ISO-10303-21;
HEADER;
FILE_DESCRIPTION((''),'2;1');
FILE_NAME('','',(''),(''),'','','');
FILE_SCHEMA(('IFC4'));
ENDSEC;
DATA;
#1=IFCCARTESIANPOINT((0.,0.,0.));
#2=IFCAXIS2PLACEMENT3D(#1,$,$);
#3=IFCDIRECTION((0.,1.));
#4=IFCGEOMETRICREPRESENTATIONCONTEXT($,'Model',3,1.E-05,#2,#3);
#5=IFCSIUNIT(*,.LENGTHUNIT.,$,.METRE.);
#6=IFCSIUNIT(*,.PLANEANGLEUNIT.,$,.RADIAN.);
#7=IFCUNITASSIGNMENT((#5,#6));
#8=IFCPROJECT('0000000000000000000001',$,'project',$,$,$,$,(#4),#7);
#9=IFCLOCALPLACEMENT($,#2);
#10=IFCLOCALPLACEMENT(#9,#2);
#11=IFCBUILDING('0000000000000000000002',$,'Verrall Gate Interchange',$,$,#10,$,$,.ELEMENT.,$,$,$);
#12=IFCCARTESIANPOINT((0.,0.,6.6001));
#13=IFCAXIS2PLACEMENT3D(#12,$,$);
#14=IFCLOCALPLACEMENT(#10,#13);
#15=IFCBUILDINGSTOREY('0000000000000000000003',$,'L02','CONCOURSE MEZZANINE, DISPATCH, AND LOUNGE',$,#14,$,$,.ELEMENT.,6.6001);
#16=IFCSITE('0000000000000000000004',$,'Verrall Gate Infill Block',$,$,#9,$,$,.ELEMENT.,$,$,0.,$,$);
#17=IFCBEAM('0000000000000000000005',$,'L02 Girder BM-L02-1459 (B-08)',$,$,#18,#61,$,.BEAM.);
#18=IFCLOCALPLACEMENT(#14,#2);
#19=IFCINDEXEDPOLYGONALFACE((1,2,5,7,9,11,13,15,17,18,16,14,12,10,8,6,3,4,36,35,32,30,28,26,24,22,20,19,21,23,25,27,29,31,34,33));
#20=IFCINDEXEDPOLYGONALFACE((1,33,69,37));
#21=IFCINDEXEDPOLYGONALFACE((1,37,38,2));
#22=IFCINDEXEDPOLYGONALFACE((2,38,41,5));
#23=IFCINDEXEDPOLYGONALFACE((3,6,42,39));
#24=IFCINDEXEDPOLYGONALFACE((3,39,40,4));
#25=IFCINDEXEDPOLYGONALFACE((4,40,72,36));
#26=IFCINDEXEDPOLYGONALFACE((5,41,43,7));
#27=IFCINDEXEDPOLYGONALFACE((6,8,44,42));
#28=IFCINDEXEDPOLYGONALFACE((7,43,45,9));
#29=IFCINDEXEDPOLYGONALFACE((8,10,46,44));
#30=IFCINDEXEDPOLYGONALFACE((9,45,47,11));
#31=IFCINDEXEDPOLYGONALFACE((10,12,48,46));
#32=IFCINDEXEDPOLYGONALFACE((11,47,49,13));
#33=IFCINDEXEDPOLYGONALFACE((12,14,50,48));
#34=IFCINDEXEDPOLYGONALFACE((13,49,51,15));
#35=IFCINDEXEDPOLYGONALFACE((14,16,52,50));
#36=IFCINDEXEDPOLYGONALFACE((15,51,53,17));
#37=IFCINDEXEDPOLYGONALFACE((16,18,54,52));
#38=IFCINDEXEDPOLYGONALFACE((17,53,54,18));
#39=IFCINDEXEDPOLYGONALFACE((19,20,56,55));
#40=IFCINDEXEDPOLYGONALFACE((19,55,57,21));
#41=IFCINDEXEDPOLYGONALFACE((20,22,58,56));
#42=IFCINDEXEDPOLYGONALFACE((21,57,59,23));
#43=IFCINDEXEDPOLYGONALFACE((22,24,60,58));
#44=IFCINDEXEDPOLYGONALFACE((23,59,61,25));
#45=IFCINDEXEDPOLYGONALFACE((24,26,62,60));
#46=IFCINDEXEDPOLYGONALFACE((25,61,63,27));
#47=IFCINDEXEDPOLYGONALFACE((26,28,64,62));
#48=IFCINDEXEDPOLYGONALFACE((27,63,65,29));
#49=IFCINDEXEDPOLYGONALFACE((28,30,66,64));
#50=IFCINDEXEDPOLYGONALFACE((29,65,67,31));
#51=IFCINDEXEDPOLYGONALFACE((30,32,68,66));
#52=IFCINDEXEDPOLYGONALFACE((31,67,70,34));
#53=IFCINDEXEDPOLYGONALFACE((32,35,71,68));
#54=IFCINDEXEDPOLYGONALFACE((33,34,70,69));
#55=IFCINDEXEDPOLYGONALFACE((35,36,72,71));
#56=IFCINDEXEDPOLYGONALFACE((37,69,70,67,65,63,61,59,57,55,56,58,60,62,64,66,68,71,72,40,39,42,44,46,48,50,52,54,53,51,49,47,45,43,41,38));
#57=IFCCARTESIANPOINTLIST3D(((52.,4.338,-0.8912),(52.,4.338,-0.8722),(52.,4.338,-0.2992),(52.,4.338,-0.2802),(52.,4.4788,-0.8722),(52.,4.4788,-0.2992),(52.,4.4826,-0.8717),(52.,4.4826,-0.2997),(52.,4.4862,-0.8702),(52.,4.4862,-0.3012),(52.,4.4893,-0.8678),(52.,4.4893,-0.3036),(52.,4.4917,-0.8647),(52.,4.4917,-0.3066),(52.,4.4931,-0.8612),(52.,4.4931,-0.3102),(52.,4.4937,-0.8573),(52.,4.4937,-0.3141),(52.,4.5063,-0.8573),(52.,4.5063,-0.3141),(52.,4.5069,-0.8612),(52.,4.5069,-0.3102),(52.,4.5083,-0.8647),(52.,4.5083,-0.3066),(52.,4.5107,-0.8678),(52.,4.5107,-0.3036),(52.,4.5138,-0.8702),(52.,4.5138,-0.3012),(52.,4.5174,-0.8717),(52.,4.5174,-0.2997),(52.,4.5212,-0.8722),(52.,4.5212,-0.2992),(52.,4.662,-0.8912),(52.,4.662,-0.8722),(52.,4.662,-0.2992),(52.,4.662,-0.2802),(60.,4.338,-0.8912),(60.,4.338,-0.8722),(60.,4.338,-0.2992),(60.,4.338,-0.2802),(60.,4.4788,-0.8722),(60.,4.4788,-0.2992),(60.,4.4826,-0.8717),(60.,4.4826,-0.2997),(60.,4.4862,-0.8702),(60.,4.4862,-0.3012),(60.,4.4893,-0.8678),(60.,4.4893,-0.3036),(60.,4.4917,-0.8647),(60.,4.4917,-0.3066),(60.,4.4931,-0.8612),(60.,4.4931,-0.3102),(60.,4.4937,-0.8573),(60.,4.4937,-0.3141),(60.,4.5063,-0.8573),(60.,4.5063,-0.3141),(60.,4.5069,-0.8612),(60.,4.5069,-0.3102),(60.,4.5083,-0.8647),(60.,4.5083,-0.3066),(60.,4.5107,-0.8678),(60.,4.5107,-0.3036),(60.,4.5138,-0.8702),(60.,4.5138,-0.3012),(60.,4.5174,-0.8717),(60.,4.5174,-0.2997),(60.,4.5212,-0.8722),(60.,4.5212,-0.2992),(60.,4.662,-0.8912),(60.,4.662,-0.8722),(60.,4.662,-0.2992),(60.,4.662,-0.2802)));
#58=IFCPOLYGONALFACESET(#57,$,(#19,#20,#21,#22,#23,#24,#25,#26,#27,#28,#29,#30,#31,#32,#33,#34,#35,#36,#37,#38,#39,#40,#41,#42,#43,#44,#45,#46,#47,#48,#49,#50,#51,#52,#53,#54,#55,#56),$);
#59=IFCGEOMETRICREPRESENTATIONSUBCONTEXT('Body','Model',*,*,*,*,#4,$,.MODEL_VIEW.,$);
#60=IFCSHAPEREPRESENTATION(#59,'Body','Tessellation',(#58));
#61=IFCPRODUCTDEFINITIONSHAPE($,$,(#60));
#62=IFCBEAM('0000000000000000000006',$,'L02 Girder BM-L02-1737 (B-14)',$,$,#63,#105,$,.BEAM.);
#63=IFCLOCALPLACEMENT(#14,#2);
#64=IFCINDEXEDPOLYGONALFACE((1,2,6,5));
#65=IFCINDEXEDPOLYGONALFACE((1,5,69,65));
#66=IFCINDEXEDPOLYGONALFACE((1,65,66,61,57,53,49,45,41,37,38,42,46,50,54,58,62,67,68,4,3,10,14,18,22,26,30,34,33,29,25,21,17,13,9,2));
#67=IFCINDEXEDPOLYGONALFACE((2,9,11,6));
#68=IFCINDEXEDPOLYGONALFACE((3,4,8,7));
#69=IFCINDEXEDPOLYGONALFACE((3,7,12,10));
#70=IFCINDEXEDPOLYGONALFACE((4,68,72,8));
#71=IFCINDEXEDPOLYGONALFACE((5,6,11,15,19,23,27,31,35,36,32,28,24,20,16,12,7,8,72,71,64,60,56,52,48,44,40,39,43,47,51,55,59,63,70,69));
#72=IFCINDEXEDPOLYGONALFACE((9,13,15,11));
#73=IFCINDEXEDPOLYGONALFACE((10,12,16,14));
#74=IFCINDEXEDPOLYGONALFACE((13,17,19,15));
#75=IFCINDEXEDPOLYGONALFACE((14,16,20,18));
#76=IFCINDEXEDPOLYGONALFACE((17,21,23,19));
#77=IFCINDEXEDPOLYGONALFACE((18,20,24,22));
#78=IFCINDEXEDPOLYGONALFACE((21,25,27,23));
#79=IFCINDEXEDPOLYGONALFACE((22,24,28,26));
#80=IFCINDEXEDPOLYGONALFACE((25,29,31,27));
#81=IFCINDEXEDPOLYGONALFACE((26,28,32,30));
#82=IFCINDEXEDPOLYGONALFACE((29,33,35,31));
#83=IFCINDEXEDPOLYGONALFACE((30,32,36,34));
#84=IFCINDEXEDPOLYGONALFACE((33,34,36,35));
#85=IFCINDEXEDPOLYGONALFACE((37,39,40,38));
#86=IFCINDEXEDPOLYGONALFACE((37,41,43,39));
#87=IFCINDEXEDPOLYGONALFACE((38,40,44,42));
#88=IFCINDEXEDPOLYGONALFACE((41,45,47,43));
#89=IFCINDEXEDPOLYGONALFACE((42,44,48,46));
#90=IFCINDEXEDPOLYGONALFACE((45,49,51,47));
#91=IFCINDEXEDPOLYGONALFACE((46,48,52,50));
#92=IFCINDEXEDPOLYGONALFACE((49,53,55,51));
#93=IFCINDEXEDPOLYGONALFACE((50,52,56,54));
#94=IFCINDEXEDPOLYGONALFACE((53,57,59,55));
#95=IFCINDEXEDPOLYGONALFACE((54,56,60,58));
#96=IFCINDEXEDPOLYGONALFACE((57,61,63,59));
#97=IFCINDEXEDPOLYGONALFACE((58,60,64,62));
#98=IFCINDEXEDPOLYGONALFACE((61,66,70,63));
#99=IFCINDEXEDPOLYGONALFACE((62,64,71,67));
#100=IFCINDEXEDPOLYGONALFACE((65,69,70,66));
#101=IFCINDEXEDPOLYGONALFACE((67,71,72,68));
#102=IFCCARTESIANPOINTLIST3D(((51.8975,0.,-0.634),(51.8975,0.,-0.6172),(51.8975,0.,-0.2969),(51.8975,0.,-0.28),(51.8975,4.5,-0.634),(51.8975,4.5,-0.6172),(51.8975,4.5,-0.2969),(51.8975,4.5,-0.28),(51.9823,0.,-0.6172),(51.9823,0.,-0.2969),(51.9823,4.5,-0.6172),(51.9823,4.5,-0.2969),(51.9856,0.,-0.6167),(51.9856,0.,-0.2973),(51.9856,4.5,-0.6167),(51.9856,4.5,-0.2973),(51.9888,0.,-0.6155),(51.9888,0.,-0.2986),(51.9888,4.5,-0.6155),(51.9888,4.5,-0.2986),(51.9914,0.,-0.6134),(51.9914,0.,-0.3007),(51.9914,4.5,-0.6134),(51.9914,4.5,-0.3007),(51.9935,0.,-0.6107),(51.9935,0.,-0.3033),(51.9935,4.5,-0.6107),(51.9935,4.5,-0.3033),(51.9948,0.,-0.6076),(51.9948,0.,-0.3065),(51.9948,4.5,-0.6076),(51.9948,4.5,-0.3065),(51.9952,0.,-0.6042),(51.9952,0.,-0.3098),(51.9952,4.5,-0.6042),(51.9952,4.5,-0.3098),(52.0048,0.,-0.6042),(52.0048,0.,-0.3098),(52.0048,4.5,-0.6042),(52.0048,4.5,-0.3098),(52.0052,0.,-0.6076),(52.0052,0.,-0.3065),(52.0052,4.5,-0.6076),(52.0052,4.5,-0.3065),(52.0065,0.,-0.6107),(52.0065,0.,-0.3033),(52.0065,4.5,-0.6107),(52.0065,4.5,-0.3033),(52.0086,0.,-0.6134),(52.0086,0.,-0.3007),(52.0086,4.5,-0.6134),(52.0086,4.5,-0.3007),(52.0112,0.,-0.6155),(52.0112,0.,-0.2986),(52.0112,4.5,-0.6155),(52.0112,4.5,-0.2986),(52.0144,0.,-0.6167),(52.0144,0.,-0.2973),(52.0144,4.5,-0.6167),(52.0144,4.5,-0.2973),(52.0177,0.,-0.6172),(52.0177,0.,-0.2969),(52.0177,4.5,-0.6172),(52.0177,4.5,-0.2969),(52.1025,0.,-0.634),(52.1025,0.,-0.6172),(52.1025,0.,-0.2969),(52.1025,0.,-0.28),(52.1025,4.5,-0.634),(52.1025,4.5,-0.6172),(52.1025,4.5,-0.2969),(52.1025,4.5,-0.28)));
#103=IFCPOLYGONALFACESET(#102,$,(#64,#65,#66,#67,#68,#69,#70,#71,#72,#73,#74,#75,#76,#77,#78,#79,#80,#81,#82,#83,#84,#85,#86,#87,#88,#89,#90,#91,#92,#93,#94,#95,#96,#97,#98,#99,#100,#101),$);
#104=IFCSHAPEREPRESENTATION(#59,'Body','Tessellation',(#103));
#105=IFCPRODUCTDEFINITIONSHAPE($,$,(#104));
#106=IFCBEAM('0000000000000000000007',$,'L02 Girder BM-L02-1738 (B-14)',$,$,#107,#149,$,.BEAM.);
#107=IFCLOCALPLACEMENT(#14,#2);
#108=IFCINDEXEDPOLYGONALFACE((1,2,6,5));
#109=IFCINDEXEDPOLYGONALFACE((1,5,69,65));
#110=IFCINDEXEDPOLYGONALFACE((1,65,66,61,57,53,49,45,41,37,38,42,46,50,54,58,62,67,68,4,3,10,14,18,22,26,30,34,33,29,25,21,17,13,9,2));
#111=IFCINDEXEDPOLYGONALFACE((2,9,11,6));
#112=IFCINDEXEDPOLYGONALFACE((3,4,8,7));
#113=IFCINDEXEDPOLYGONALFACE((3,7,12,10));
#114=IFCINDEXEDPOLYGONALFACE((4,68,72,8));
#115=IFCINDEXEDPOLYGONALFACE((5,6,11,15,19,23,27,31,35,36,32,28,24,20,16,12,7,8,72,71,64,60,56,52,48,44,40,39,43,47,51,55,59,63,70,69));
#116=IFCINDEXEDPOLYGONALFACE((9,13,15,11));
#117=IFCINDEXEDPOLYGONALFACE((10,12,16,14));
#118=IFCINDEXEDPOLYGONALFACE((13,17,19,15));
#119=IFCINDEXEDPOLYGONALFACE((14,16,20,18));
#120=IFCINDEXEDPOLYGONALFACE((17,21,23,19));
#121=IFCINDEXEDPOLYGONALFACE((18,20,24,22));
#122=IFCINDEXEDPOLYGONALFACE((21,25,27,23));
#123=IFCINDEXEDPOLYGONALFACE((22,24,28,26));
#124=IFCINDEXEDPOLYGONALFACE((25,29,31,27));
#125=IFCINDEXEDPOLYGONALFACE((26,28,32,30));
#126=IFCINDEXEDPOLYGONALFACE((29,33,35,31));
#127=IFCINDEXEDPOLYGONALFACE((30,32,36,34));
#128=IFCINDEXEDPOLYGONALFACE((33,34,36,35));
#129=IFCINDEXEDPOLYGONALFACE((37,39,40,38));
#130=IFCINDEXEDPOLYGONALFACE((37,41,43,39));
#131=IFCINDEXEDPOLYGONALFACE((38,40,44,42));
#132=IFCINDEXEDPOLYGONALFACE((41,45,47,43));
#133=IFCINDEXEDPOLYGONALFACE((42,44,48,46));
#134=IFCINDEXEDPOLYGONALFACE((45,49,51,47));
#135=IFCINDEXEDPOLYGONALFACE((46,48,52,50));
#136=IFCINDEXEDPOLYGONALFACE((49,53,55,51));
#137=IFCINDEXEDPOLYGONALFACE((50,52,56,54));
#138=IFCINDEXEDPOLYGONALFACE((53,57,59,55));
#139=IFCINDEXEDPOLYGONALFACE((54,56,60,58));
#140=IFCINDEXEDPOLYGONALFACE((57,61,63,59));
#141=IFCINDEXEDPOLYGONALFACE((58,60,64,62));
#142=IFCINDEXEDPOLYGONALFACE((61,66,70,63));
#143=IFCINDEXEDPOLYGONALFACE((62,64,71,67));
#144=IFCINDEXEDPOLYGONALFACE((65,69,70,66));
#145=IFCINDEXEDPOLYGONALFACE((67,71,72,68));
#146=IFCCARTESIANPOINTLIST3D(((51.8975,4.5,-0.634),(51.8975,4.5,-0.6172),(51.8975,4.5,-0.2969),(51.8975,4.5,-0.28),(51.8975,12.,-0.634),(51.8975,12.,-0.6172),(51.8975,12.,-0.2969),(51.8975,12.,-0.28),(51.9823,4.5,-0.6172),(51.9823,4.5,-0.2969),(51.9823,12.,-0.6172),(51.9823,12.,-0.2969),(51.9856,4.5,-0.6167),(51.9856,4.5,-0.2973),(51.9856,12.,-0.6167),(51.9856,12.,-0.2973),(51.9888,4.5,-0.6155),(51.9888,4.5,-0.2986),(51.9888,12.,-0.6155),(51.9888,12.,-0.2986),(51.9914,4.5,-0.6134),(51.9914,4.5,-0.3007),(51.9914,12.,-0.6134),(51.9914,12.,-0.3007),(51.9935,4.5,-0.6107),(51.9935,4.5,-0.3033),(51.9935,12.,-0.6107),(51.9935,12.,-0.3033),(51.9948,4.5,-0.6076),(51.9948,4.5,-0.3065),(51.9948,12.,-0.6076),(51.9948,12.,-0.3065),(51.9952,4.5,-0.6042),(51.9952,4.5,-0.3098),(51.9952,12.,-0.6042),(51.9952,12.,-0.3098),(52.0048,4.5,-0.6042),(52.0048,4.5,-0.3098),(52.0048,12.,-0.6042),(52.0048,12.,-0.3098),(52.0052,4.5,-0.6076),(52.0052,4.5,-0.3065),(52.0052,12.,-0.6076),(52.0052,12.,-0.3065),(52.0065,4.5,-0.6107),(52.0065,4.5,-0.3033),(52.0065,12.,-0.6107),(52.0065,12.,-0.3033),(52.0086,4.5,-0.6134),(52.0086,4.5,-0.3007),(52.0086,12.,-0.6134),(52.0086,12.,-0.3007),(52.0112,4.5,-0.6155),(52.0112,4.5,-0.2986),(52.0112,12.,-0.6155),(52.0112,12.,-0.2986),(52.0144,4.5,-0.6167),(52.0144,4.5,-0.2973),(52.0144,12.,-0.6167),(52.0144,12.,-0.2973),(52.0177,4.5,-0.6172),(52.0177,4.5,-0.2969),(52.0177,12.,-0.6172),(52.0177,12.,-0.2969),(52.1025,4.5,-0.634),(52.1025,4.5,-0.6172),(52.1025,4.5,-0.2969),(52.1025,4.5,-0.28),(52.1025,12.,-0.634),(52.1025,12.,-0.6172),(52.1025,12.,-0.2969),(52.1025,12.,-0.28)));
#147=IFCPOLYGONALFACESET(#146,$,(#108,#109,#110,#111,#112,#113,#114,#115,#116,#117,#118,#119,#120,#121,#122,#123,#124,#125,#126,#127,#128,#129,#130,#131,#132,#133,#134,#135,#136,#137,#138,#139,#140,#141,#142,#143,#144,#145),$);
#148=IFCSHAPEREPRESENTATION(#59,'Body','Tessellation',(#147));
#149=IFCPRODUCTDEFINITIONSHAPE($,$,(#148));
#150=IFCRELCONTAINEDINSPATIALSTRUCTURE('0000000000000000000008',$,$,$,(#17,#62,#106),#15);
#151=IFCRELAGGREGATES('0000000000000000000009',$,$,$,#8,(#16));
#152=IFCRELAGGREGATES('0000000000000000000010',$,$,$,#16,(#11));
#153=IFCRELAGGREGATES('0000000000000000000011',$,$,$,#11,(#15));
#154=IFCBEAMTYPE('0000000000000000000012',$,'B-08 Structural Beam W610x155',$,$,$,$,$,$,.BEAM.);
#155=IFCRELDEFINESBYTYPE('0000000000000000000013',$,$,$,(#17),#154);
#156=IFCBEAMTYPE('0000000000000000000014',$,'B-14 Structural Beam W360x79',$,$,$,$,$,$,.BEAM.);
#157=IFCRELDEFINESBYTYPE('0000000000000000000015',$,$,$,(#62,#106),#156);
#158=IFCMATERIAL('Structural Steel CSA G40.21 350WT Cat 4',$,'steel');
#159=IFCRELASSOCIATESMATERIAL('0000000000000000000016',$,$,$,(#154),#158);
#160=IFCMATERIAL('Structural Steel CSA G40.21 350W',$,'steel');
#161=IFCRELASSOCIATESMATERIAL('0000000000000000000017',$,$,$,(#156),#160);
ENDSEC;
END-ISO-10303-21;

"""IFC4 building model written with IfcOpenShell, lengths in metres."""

from ifc_helpers import new_model, si_unit, direction, frame, origin, origin_2d, place, context, subcontext, project, spatial, i_section, extrude, material, material_profile, profile_set, type_object, element, save


model = new_model("IFC4")

# Units and contexts
model_context = context("Model", 3, precision=1e-05, world=origin(), true_north=direction((0.0, 1.0)))
body_context = subcontext(model_context, "Body", "Model", "MODEL_VIEW")
ifc_project = project(units=[si_unit("LENGTHUNIT", "METRE"), si_unit("PLANEANGLEUNIT", "RADIAN")], contexts=[model_context])

# Site, building, storey
site_placement = place(None, origin())
site = spatial("IfcSite", under=ifc_project, at=site_placement, Name="Verrall Gate Infill Block", CompositionType="ELEMENT", RefElevation=0.0)
building_placement = place(site_placement, origin())
building = spatial("IfcBuilding", under=site, at=building_placement, Name="Verrall Gate Interchange", CompositionType="ELEMENT")
storey_placement = place(building_placement, frame((0.0, 0.0, 6.6001)))
storey = spatial("IfcBuildingStorey", under=building, at=storey_placement, Name="L02", Description="CONCOURSE MEZZANINE, DISPATCH, AND LOUNGE", CompositionType="ELEMENT", Elevation=6.6001)

# Beams
ifc_material_1 = material(Name="Structural Steel CSA G40.21 350WT Cat 4", Category="steel")
ifc_material_profile_1 = material_profile(ifc_material_1, i_section(OverallWidth=0.324, OverallDepth=0.6111, WebThickness=0.0127, FlangeThickness=0.019, FilletRadius=0.0149, at=origin_2d()), Name="W610x155")
ifc_profile_set_1 = profile_set([ifc_material_profile_1], Name="Structural Steel CSA G40.21 350WT Cat 4")
beam_type_1 = type_object("IfcBeamType", Name="B-08 Structural Beam W610x155", PredefinedType="BEAM", material=ifc_profile_set_1)
for number, where, z_axis, x_axis, name in (
    (1, (52.0, 4.5, -0.5857), (1.0, 0.0, 0.0), (0.0, 1.0, 0.0), "L02 Girder BM-L02-1459 (B-08)"),
):
    element("IfcBeam", number, at=place(storey_placement, frame(where, z_axis=z_axis, x_axis=x_axis)), inside=storey, type_object=beam_type_1, Name=name, PredefinedType="BEAM", context=body_context, shape_type="SweptSolid", body=[
        extrude(i_section(OverallWidth=0.324, OverallDepth=0.6111, WebThickness=0.0127, FlangeThickness=0.019, FilletRadius=0.0149, at=origin_2d()), origin(), (0.0, 0.0, 1.0), 8.0),
    ])
ifc_material_2 = material(Name="Structural Steel CSA G40.21 350W", Category="steel")
ifc_material_profile_2 = material_profile(ifc_material_2, i_section(OverallWidth=0.2051, OverallDepth=0.354, WebThickness=0.0095, FlangeThickness=0.0168, FilletRadius=0.0129, at=origin_2d()), Name="W360x79")
ifc_profile_set_2 = profile_set([ifc_material_profile_2], Name="Structural Steel CSA G40.21 350W")
beam_type_2 = type_object("IfcBeamType", Name="B-14 Structural Beam W360x79", PredefinedType="BEAM", material=ifc_profile_set_2)
beam_1_placement = place(storey_placement, frame((52.0, 0.0, -0.457), z_axis=(0.0, 1.0, 0.0), x_axis=(-1.0, 0.0, 0.0)))
element("IfcBeam", 2, at=beam_1_placement, inside=storey, type_object=beam_type_2, Name="L02 Girder BM-L02-1737 (B-14)", PredefinedType="BEAM", context=body_context, shape_type="SweptSolid", body=[
    extrude(i_section(OverallWidth=0.2051, OverallDepth=0.354, WebThickness=0.0095, FlangeThickness=0.0168, FilletRadius=0.0129, at=origin_2d()), origin(), (0.0, 0.0, 1.0), 4.5),
])
beam_2_placement = place(storey_placement, frame((52.0, 4.5, -0.457), z_axis=(0.0, 1.0, 0.0), x_axis=(-1.0, 0.0, 0.0)))
element("IfcBeam", 3, at=beam_2_placement, inside=storey, type_object=beam_type_2, Name="L02 Girder BM-L02-1738 (B-14)", PredefinedType="BEAM", context=body_context, shape_type="SweptSolid", body=[
    extrude(i_section(OverallWidth=0.2051, OverallDepth=0.354, WebThickness=0.0095, FlangeThickness=0.0168, FilletRadius=0.0129, at=origin_2d()), origin(), (0.0, 0.0, 1.0), 7.5),
])

save(model, "model.ifc")
